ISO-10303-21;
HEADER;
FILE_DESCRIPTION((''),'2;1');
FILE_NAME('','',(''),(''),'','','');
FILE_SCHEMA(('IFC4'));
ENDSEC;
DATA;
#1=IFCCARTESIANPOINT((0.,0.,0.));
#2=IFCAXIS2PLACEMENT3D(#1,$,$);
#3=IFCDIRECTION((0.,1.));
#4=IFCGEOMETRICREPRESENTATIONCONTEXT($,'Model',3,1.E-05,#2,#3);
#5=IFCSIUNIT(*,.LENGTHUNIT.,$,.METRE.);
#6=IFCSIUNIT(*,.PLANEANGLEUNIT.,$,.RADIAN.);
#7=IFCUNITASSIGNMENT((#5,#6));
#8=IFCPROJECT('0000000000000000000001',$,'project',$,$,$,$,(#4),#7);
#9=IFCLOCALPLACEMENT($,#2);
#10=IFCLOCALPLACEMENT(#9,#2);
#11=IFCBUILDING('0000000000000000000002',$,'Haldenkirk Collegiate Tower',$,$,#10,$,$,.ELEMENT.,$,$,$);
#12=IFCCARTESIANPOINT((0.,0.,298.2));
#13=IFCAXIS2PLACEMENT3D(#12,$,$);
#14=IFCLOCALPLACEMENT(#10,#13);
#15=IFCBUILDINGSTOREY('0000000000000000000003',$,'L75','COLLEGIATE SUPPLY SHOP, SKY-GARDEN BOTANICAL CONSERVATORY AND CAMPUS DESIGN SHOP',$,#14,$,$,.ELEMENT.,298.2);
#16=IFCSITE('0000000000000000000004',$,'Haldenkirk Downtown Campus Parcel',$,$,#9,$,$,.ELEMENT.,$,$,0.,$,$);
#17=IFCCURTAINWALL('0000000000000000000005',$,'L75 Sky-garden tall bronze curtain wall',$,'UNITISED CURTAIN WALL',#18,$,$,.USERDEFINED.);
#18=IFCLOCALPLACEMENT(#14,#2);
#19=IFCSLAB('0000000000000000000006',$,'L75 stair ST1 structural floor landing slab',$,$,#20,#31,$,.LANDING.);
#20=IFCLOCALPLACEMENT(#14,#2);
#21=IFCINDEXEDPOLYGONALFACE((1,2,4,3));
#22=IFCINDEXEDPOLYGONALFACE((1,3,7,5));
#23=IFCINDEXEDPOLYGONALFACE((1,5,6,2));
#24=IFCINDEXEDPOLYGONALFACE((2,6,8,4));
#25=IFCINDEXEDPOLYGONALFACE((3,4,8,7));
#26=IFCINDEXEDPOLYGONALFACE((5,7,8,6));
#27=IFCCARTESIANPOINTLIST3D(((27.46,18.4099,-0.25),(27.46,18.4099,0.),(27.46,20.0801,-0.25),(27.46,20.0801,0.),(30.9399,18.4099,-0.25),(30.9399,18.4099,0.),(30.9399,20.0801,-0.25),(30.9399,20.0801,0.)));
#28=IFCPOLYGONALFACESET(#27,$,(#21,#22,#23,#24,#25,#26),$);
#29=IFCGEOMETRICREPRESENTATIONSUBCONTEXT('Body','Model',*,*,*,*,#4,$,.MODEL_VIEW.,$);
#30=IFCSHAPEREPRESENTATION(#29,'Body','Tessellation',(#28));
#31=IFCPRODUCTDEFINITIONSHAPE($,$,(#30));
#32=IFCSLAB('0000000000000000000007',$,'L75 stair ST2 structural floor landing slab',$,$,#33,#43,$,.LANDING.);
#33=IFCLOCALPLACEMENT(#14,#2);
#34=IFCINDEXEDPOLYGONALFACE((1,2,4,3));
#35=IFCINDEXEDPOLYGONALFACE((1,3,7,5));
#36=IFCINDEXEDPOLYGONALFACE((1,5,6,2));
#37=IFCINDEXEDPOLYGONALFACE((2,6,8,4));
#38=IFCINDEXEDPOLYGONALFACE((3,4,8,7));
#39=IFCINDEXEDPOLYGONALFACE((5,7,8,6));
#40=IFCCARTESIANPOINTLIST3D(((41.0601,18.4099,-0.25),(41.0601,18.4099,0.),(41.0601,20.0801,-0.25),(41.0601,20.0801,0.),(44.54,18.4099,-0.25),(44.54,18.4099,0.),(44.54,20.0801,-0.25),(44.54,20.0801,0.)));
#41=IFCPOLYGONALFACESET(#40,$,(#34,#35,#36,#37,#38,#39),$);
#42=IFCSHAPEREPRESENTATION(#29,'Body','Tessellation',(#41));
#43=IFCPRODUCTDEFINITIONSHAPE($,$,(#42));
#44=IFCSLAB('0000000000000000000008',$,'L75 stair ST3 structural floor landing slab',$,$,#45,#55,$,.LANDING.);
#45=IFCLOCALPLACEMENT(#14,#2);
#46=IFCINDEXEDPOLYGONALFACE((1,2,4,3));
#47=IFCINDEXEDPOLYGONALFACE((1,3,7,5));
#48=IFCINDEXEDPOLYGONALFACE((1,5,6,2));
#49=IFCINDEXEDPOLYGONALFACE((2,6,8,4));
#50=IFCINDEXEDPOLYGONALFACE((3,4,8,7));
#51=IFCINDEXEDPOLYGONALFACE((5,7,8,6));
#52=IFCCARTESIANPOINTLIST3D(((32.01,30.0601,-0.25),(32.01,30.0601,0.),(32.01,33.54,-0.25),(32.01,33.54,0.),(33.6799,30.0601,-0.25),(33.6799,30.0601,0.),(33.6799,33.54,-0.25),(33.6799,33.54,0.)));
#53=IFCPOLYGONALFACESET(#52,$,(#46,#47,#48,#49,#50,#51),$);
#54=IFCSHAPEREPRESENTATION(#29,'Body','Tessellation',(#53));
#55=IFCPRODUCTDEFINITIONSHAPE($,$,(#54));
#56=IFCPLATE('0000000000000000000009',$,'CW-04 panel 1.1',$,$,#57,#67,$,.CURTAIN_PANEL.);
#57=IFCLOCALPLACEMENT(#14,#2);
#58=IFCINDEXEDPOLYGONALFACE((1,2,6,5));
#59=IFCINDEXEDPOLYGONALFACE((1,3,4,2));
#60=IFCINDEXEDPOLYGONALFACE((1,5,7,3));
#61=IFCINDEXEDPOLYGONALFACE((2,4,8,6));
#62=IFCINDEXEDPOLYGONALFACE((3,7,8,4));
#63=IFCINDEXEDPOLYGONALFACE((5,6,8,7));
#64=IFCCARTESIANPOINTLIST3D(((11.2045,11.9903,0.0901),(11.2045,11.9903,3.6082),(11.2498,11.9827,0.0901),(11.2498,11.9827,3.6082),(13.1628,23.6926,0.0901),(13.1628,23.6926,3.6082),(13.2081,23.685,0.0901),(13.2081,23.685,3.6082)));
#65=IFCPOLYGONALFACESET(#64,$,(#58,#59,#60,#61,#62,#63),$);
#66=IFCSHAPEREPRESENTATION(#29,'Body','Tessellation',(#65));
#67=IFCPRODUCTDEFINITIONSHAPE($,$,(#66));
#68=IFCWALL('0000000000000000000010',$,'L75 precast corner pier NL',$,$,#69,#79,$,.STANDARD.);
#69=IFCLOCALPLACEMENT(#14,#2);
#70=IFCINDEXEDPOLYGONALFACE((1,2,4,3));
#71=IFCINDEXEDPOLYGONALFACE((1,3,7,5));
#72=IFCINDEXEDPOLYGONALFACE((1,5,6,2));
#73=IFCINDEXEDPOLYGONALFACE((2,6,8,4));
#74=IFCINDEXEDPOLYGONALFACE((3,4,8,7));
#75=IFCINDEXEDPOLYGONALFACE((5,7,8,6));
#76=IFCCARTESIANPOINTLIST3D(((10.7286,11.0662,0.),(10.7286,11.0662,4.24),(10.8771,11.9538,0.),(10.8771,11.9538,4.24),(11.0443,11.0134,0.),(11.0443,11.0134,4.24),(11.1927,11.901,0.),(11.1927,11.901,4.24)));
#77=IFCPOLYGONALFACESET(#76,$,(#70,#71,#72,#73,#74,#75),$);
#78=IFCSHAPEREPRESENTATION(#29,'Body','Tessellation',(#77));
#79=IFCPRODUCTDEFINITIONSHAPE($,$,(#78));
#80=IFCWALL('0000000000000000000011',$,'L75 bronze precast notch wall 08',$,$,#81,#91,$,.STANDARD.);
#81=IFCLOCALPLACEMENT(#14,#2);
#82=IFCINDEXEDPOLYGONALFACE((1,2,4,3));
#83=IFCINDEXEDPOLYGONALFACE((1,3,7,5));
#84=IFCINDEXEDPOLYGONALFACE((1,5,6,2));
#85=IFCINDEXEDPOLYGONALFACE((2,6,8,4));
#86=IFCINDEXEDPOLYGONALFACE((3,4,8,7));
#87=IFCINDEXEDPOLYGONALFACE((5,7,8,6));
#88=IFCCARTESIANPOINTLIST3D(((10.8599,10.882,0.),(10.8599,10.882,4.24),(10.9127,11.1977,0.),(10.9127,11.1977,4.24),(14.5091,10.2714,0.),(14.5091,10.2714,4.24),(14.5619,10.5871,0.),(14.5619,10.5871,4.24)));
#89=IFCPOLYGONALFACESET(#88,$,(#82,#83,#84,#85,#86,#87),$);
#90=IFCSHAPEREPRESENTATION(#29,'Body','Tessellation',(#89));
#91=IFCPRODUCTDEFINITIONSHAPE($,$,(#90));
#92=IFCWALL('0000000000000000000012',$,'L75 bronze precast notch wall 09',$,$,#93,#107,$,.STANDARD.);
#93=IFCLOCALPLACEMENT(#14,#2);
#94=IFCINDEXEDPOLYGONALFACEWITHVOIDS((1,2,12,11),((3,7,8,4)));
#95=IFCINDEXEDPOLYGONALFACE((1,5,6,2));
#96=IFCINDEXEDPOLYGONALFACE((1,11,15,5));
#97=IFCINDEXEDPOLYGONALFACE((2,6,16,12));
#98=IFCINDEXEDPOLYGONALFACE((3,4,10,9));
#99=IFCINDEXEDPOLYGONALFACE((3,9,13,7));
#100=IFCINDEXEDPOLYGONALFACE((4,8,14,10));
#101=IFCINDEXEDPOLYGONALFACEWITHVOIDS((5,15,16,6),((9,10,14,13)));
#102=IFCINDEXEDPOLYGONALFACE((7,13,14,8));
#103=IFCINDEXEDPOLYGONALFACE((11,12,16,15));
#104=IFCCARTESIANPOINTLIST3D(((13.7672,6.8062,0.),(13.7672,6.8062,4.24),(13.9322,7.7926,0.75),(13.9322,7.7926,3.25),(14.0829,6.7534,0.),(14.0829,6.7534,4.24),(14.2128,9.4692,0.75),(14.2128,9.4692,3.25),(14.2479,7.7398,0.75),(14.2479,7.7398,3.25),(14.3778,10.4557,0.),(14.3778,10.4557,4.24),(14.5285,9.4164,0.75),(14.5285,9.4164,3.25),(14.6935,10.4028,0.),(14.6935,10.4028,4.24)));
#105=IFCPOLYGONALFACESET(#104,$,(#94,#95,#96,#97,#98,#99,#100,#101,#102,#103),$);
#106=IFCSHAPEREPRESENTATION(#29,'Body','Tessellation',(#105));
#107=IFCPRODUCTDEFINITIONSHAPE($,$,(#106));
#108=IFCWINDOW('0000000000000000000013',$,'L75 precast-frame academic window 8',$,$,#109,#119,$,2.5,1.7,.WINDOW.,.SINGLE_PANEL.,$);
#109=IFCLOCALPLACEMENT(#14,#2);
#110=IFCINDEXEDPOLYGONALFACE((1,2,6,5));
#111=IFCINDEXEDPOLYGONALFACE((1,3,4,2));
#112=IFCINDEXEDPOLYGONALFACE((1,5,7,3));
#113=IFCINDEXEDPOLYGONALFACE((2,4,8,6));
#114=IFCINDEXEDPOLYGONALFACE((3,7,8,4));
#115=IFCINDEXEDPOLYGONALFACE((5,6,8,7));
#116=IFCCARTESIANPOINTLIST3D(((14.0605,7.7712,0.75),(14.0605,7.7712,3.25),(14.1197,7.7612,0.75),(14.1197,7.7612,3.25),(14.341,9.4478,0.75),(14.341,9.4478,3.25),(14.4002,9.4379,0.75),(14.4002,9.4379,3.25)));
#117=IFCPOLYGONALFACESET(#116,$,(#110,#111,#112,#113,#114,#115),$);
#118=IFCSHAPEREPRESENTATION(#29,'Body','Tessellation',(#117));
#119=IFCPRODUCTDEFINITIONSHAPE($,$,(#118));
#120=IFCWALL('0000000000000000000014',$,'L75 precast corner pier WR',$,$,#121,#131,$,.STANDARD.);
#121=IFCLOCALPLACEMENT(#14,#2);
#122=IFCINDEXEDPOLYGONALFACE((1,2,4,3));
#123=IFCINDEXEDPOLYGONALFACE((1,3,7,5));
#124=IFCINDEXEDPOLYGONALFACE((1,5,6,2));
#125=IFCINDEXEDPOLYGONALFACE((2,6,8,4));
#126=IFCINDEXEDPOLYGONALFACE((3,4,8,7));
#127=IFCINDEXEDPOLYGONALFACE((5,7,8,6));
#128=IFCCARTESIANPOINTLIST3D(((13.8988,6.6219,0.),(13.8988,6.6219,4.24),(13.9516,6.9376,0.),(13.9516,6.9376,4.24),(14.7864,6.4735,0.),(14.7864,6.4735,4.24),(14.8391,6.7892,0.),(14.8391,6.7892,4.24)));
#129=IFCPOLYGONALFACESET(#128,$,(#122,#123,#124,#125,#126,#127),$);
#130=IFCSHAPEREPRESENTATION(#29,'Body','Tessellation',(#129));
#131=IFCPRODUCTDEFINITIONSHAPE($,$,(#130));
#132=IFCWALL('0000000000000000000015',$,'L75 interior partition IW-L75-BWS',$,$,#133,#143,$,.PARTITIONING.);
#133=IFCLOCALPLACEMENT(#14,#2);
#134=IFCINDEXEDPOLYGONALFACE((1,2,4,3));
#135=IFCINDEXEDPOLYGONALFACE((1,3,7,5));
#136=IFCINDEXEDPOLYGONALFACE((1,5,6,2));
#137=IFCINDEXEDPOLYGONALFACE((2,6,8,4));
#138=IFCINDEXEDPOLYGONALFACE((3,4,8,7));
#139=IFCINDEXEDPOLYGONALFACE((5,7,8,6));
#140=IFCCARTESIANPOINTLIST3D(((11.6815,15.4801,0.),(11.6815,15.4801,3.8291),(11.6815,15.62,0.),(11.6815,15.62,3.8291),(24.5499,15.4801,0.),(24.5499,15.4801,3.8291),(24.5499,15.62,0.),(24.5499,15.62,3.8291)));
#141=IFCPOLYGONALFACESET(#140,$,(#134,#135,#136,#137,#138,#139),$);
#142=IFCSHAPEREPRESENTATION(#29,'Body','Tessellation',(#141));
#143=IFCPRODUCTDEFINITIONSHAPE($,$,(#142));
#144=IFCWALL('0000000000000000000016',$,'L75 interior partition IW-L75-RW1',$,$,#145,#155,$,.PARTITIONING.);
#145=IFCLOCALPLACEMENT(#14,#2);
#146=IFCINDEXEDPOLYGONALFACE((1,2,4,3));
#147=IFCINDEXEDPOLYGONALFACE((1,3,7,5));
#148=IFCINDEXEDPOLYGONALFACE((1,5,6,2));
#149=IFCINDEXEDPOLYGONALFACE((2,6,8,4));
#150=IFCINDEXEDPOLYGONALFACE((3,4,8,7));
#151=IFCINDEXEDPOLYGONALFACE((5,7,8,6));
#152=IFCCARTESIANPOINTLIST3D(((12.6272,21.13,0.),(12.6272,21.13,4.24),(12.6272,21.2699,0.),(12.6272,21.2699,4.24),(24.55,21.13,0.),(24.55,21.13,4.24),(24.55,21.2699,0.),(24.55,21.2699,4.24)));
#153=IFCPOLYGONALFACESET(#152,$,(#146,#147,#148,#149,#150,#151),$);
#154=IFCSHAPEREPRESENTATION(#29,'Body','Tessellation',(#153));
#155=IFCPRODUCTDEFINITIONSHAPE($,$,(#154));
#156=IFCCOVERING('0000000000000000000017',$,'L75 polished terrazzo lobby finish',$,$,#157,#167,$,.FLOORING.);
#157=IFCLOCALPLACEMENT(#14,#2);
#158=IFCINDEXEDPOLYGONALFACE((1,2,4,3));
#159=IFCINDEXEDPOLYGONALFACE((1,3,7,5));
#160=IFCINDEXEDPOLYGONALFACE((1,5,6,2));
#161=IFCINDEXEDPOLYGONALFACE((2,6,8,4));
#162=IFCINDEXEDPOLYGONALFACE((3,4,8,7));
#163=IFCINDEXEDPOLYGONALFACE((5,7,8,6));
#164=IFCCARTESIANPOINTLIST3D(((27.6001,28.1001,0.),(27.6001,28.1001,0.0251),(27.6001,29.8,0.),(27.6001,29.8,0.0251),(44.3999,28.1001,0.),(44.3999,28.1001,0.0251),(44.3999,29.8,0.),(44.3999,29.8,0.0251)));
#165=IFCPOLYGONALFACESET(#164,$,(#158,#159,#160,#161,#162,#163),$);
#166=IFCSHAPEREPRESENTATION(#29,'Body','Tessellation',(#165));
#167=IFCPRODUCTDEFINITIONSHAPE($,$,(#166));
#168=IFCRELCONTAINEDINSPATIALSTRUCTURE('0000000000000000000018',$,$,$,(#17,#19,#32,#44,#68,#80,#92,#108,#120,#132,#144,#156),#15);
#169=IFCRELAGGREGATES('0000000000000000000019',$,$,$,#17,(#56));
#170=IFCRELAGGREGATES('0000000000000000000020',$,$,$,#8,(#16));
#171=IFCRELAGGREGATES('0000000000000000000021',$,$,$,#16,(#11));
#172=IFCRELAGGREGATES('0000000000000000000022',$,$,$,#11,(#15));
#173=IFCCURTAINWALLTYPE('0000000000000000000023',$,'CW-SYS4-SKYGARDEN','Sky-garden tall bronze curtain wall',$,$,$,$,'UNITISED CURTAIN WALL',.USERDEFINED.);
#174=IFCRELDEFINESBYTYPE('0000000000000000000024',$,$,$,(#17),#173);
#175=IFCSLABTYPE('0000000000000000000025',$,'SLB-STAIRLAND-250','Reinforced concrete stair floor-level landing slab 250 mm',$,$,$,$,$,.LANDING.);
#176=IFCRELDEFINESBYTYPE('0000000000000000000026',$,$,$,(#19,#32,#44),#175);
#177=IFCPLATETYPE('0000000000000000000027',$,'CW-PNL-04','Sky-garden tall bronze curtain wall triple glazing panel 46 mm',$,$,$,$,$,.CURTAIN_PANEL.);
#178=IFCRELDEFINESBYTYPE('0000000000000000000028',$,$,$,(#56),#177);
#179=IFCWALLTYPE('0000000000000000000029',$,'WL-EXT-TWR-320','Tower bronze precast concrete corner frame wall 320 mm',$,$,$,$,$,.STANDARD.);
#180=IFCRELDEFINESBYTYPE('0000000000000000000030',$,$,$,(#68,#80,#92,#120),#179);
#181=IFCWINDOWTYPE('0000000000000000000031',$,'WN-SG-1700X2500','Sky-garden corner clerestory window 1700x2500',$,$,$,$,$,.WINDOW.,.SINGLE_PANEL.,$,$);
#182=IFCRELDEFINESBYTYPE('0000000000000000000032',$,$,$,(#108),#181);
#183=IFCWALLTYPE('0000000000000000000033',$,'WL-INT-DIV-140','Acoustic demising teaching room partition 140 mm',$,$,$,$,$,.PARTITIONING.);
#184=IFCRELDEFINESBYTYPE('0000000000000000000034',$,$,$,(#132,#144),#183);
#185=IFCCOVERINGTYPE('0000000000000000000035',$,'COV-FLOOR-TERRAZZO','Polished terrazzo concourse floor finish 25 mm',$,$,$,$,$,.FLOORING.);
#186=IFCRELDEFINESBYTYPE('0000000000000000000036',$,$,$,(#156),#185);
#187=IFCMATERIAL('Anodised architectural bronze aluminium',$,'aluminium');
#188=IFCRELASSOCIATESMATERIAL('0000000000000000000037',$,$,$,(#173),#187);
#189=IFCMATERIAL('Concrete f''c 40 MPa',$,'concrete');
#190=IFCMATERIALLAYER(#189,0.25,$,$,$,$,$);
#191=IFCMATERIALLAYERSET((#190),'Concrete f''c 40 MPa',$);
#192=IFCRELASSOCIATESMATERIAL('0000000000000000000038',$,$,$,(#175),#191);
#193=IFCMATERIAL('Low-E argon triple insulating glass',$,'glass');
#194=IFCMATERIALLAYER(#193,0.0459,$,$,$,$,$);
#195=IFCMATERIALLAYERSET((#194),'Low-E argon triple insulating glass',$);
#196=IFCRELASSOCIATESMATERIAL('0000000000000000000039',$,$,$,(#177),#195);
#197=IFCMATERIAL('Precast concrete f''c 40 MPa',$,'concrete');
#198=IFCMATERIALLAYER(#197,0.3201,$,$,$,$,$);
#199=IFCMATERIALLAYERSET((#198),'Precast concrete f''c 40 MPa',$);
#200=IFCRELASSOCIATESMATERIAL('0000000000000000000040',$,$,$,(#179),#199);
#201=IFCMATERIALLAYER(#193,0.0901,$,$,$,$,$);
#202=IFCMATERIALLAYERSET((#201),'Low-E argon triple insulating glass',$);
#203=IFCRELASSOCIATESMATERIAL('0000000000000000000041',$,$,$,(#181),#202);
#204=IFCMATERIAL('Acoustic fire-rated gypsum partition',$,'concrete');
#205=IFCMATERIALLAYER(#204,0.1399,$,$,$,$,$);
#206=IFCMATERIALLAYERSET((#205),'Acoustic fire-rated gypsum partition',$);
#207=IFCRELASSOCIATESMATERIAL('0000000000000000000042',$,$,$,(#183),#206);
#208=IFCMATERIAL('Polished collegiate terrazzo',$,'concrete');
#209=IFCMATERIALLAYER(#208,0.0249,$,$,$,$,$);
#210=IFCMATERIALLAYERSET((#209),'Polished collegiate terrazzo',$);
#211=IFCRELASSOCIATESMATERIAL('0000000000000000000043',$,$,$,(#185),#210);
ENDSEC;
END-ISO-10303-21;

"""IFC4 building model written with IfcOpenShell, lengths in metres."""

from ifc_helpers import new_model, si_unit, direction, frame, frame_2d, origin, origin_2d, place, context, subcontext, project, spatial, polyline, rectangle, outline, extrude, source, transform, mapped, material, layer, layer_set, type_object, element, fill, aggregate, save


model = new_model("IFC4")

# Units and contexts
model_context = context("Model", 3, precision=1e-05, world=origin(), true_north=direction((0.0, 1.0)))
body_context = subcontext(model_context, "Body", "Model", "MODEL_VIEW")
ifc_project = project(units=[si_unit("LENGTHUNIT", "METRE"), si_unit("PLANEANGLEUNIT", "RADIAN")], contexts=[model_context])

# Site, building, storey
site_placement = place(None, origin())
site = spatial("IfcSite", under=ifc_project, at=site_placement, Name="Haldenkirk Downtown Campus Parcel", CompositionType="ELEMENT", RefElevation=0.0)
building_placement = place(site_placement, origin())
building = spatial("IfcBuilding", under=site, at=building_placement, Name="Haldenkirk Collegiate Tower", CompositionType="ELEMENT")
storey_placement = place(building_placement, frame((0.0, 0.0, 298.2)))
storey = spatial("IfcBuildingStorey", under=building, at=storey_placement, Name="L75", Description="COLLEGIATE SUPPLY SHOP, SKY-GARDEN BOTANICAL CONSERVATORY AND CAMPUS DESIGN SHOP", CompositionType="ELEMENT", Elevation=298.2)

# Curtain wall
ifc_material_1 = material(Name="Anodised architectural bronze aluminium", Category="aluminium")
curtain_wall_type = type_object("IfcCurtainWallType", Name="CW-SYS4-SKYGARDEN", Description="Sky-garden tall bronze curtain wall", ElementType="UNITISED CURTAIN WALL", PredefinedType="USERDEFINED", material=ifc_material_1)
curtain_wall_placement = place(storey_placement, origin())
curtain_wall = element("IfcCurtainWall", 1, at=curtain_wall_placement, inside=storey, type_object=curtain_wall_type, Name="L75 Sky-garden tall bronze curtain wall", ObjectType="UNITISED CURTAIN WALL", PredefinedType="USERDEFINED")

# Shared definitions
ifc_material_2 = material(Name="Concrete f'c 40 MPa", Category="concrete")

# Slabs
ifc_layer_1 = layer(ifc_material_2, 0.25)
ifc_layer_set_1 = layer_set([ifc_layer_1], Name="Concrete f'c 40 MPa")
slab_type_1 = type_object("IfcSlabType", Name="SLB-STAIRLAND-250", Description="Reinforced concrete stair floor-level landing slab 250 mm", PredefinedType="LANDING", material=ifc_layer_set_1)
slab_1_placement = place(storey_placement, frame((0.0, 0.0, -0.25)))
element("IfcSlab", 2, at=slab_1_placement, inside=storey, type_object=slab_type_1, Name="L75 stair ST1 structural floor landing slab", PredefinedType="LANDING", context=body_context, shape_type="SweptSolid", body=[
    extrude(outline(polyline([(27.46, 18.4099), (30.9399, 18.4099), (30.9399, 20.0801), (27.46, 20.0801), (27.46, 18.4099)])), origin(), (0.0, 0.0, 1.0), 0.25),
])
slab_2_placement = place(storey_placement, frame((0.0, 0.0, -0.25)))
element("IfcSlab", 3, at=slab_2_placement, inside=storey, type_object=slab_type_1, Name="L75 stair ST2 structural floor landing slab", PredefinedType="LANDING", context=body_context, shape_type="SweptSolid", body=[
    extrude(outline(polyline([(41.0601, 18.4099), (44.54, 18.4099), (44.54, 20.0801), (41.0601, 20.0801), (41.0601, 18.4099)])), origin(), (0.0, 0.0, 1.0), 0.25),
])
slab_3_placement = place(storey_placement, frame((0.0, 0.0, -0.25)))
element("IfcSlab", 4, at=slab_3_placement, inside=storey, type_object=slab_type_1, Name="L75 stair ST3 structural floor landing slab", PredefinedType="LANDING", context=body_context, shape_type="SweptSolid", body=[
    extrude(outline(polyline([(32.01, 30.0601), (33.6799, 30.0601), (33.6799, 33.54), (32.01, 33.54), (32.01, 30.0601)])), origin(), (0.0, 0.0, 1.0), 0.25),
])

# Plate
ifc_material_3 = material(Name="Low-E argon triple insulating glass", Category="glass")
ifc_layer_2 = layer(ifc_material_3, 0.0459)
ifc_layer_set_2 = layer_set([ifc_layer_2], Name="Low-E argon triple insulating glass")
plate_type = type_object("IfcPlateType", Name="CW-PNL-04", Description="Sky-garden tall bronze curtain wall triple glazing panel 46 mm", PredefinedType="CURTAIN_PANEL", material=ifc_layer_set_2)
shared_shape_1 = source(origin(), body_context, "Body", "SweptSolid", [
    extrude(rectangle(XDim=11.865, YDim=0.0459, at=origin_2d()), origin(), (0.0, 0.0, 1.0), 3.5181),
])
plate_placement = place(storey_placement, frame((12.2063, 17.8376, 0.0901), z_axis=(0.0, 0.0, 1.0), x_axis=(0.16505, 0.986285, 0.0)))
plate = element("IfcPlate", 5, at=plate_placement, type_object=plate_type, Name="CW-04 panel 1.1", PredefinedType="CURTAIN_PANEL", context=body_context, shape_type="MappedRepresentation", body=[
    mapped(shared_shape_1, transform((0.0, 0.0, 0.0), x_axis=(1.0, 0.0, 0.0), y_axis=(0.0, 1.0, 0.0), z_axis=(0.0, 0.0, 1.0), scale=1.0)),
])
aggregate(curtain_wall, [plate])

# Walls
ifc_material_4 = material(Name="Precast concrete f'c 40 MPa", Category="concrete")
ifc_layer_3 = layer(ifc_material_4, 0.3201)
ifc_layer_set_3 = layer_set([ifc_layer_3], Name="Precast concrete f'c 40 MPa")
wall_type_1 = type_object("IfcWallType", Name="WL-EXT-TWR-320", Description="Tower bronze precast concrete corner frame wall 320 mm", PredefinedType="STANDARD", material=ifc_layer_set_3)
wall_1_placement = place(storey_placement, frame((10.8865, 11.0398, 0.0), z_axis=(0.0, 0.0, 1.0), x_axis=(0.164927, 0.986306, 0.0)))
element("IfcWall", 6, at=wall_1_placement, inside=storey, type_object=wall_type_1, Name="L75 precast corner pier NL", PredefinedType="STANDARD", context=body_context, shape_type="SweptSolid", body=[
    extrude(rectangle(XDim=0.8999, YDim=0.3201, at=frame_2d((0.45, 0.0))), origin(), (0.0, 0.0, 1.0), 4.24),
])
wall_2_placement = place(storey_placement, frame((14.5356, 10.4292, 0.0), z_axis=(0.0, 0.0, 1.0), x_axis=(-0.986289, 0.16503, 0.0)))
element("IfcWall", 7, at=wall_2_placement, inside=storey, type_object=wall_type_1, Name="L75 bronze precast notch wall 08", PredefinedType="STANDARD", context=body_context, shape_type="SweptSolid", body=[
    extrude(rectangle(XDim=3.7, YDim=0.3201, at=frame_2d((1.8501, 0.0))), origin(), (0.0, 0.0, 1.0), 4.24),
])

# Wall, opening, window
wall_3_placement = place(storey_placement, frame((13.925, 6.7798, 0.0), z_axis=(0.0, 0.0, 1.0), x_axis=(0.16502, 0.98629, 0.0)))
wall_3 = element("IfcWall", 8, at=wall_3_placement, inside=storey, type_object=wall_type_1, Name="L75 bronze precast notch wall 09", PredefinedType="STANDARD", context=body_context, shape_type="SweptSolid", body=[
    extrude(rectangle(XDim=3.7002, YDim=0.3201, at=frame_2d((1.8501, 0.0))), origin(), (0.0, 0.0, 1.0), 4.24),
])
opening_placement = place(wall_3_placement, frame((1.0, 0.0, 0.75)))
opening = element("IfcOpeningElement", 9, at=opening_placement, cuts=wall_3, PredefinedType="OPENING", context=body_context, shape_type="SweptSolid", body=[
    extrude(rectangle(XDim=1.7, YDim=2.5, at=frame_2d((0.8501, 1.25))), frame((0.0, 0.1699, 0.0), z_axis=(0.0, -1.0, 0.0), x_axis=(1.0, 0.0, 0.0)), (0.0, 0.0, 1.0), 0.3401),
])
ifc_layer_4 = layer(ifc_material_3, 0.0901)
ifc_layer_set_4 = layer_set([ifc_layer_4], Name="Low-E argon triple insulating glass")
window_type = type_object("IfcWindowType", Name="WN-SG-1700X2500", Description="Sky-garden corner clerestory window 1700x2500", PartitioningType="SINGLE_PANEL", PredefinedType="WINDOW", material=ifc_layer_set_4)
window_placement = place(opening_placement, origin())
window = element("IfcWindow", 10, at=window_placement, inside=storey, type_object=window_type, Name="L75 precast-frame academic window 8", OverallHeight=2.5, OverallWidth=1.7, PartitioningType="SINGLE_PANEL", PredefinedType="WINDOW", context=body_context, shape_type="SweptSolid", body=[
    extrude(rectangle(XDim=1.7, YDim=2.5, at=frame_2d((0.8501, 1.25))), frame((0.0, 0.03, 0.0), z_axis=(0.0, -1.0, 0.0), x_axis=(1.0, 0.0, 0.0)), (0.0, 0.0, 1.0), 0.0601),
])
fill(opening, window)

# Walls
wall_4_placement = place(storey_placement, frame((14.8127, 6.6313, 0.0), z_axis=(0.0, 0.0, 1.0), x_axis=(-0.986306, 0.164927, 0.0)))
element("IfcWall", 11, at=wall_4_placement, inside=storey, type_object=wall_type_1, Name="L75 precast corner pier WR", PredefinedType="STANDARD", context=body_context, shape_type="SweptSolid", body=[
    extrude(rectangle(XDim=0.8999, YDim=0.3201, at=frame_2d((0.45, 0.0))), origin(), (0.0, 0.0, 1.0), 4.24),
])
ifc_material_5 = material(Name="Acoustic fire-rated gypsum partition", Category="concrete")
ifc_layer_5 = layer(ifc_material_5, 0.1399)
ifc_layer_set_5 = layer_set([ifc_layer_5], Name="Acoustic fire-rated gypsum partition")
wall_type_2 = type_object("IfcWallType", Name="WL-INT-DIV-140", Description="Acoustic demising teaching room partition 140 mm", PredefinedType="PARTITIONING", material=ifc_layer_set_5)
wall_5_placement = place(storey_placement, frame((11.6816, 15.55, 0.0), z_axis=(0.0, 0.0, 1.0), x_axis=(1.0, 0.0, 0.0)))
element("IfcWall", 12, at=wall_5_placement, inside=storey, type_object=wall_type_2, Name="L75 interior partition IW-L75-BWS", PredefinedType="PARTITIONING", context=body_context, shape_type="SweptSolid", body=[
    extrude(rectangle(XDim=12.8684, YDim=0.1399, at=frame_2d((6.4341, 0.0))), origin(), (0.0, 0.0, 1.0), 3.8291),
])
wall_6_placement = place(storey_placement, frame((12.6272, 21.2, 0.0), z_axis=(0.0, 0.0, 1.0), x_axis=(1.0, 0.0, 0.0)))
element("IfcWall", 13, at=wall_6_placement, inside=storey, type_object=wall_type_2, Name="L75 interior partition IW-L75-RW1", PredefinedType="PARTITIONING", context=body_context, shape_type="SweptSolid", body=[
    extrude(rectangle(XDim=11.9229, YDim=0.1399, at=frame_2d((5.9614, 0.0))), origin(), (0.0, 0.0, 1.0), 4.24),
])

# Covering
ifc_material_6 = material(Name="Polished collegiate terrazzo", Category="concrete")
ifc_layer_6 = layer(ifc_material_6, 0.0249)
ifc_layer_set_6 = layer_set([ifc_layer_6], Name="Polished collegiate terrazzo")
covering_type_1 = type_object("IfcCoveringType", Name="COV-FLOOR-TERRAZZO", Description="Polished terrazzo concourse floor finish 25 mm", PredefinedType="FLOORING", material=ifc_layer_set_6)
covering_1_placement = place(storey_placement, origin())
element("IfcCovering", 14, at=covering_1_placement, inside=storey, type_object=covering_type_1, Name="L75 polished terrazzo lobby finish", PredefinedType="FLOORING", context=body_context, shape_type="SweptSolid", body=[
    extrude(outline(polyline([(27.6001, 28.1001), (44.3999, 28.1001), (44.3999, 29.8), (27.6001, 29.8), (27.6001, 28.1001)])), origin(), (0.0, 0.0, 1.0), 0.0251),
])

save(model, "model.ifc")
